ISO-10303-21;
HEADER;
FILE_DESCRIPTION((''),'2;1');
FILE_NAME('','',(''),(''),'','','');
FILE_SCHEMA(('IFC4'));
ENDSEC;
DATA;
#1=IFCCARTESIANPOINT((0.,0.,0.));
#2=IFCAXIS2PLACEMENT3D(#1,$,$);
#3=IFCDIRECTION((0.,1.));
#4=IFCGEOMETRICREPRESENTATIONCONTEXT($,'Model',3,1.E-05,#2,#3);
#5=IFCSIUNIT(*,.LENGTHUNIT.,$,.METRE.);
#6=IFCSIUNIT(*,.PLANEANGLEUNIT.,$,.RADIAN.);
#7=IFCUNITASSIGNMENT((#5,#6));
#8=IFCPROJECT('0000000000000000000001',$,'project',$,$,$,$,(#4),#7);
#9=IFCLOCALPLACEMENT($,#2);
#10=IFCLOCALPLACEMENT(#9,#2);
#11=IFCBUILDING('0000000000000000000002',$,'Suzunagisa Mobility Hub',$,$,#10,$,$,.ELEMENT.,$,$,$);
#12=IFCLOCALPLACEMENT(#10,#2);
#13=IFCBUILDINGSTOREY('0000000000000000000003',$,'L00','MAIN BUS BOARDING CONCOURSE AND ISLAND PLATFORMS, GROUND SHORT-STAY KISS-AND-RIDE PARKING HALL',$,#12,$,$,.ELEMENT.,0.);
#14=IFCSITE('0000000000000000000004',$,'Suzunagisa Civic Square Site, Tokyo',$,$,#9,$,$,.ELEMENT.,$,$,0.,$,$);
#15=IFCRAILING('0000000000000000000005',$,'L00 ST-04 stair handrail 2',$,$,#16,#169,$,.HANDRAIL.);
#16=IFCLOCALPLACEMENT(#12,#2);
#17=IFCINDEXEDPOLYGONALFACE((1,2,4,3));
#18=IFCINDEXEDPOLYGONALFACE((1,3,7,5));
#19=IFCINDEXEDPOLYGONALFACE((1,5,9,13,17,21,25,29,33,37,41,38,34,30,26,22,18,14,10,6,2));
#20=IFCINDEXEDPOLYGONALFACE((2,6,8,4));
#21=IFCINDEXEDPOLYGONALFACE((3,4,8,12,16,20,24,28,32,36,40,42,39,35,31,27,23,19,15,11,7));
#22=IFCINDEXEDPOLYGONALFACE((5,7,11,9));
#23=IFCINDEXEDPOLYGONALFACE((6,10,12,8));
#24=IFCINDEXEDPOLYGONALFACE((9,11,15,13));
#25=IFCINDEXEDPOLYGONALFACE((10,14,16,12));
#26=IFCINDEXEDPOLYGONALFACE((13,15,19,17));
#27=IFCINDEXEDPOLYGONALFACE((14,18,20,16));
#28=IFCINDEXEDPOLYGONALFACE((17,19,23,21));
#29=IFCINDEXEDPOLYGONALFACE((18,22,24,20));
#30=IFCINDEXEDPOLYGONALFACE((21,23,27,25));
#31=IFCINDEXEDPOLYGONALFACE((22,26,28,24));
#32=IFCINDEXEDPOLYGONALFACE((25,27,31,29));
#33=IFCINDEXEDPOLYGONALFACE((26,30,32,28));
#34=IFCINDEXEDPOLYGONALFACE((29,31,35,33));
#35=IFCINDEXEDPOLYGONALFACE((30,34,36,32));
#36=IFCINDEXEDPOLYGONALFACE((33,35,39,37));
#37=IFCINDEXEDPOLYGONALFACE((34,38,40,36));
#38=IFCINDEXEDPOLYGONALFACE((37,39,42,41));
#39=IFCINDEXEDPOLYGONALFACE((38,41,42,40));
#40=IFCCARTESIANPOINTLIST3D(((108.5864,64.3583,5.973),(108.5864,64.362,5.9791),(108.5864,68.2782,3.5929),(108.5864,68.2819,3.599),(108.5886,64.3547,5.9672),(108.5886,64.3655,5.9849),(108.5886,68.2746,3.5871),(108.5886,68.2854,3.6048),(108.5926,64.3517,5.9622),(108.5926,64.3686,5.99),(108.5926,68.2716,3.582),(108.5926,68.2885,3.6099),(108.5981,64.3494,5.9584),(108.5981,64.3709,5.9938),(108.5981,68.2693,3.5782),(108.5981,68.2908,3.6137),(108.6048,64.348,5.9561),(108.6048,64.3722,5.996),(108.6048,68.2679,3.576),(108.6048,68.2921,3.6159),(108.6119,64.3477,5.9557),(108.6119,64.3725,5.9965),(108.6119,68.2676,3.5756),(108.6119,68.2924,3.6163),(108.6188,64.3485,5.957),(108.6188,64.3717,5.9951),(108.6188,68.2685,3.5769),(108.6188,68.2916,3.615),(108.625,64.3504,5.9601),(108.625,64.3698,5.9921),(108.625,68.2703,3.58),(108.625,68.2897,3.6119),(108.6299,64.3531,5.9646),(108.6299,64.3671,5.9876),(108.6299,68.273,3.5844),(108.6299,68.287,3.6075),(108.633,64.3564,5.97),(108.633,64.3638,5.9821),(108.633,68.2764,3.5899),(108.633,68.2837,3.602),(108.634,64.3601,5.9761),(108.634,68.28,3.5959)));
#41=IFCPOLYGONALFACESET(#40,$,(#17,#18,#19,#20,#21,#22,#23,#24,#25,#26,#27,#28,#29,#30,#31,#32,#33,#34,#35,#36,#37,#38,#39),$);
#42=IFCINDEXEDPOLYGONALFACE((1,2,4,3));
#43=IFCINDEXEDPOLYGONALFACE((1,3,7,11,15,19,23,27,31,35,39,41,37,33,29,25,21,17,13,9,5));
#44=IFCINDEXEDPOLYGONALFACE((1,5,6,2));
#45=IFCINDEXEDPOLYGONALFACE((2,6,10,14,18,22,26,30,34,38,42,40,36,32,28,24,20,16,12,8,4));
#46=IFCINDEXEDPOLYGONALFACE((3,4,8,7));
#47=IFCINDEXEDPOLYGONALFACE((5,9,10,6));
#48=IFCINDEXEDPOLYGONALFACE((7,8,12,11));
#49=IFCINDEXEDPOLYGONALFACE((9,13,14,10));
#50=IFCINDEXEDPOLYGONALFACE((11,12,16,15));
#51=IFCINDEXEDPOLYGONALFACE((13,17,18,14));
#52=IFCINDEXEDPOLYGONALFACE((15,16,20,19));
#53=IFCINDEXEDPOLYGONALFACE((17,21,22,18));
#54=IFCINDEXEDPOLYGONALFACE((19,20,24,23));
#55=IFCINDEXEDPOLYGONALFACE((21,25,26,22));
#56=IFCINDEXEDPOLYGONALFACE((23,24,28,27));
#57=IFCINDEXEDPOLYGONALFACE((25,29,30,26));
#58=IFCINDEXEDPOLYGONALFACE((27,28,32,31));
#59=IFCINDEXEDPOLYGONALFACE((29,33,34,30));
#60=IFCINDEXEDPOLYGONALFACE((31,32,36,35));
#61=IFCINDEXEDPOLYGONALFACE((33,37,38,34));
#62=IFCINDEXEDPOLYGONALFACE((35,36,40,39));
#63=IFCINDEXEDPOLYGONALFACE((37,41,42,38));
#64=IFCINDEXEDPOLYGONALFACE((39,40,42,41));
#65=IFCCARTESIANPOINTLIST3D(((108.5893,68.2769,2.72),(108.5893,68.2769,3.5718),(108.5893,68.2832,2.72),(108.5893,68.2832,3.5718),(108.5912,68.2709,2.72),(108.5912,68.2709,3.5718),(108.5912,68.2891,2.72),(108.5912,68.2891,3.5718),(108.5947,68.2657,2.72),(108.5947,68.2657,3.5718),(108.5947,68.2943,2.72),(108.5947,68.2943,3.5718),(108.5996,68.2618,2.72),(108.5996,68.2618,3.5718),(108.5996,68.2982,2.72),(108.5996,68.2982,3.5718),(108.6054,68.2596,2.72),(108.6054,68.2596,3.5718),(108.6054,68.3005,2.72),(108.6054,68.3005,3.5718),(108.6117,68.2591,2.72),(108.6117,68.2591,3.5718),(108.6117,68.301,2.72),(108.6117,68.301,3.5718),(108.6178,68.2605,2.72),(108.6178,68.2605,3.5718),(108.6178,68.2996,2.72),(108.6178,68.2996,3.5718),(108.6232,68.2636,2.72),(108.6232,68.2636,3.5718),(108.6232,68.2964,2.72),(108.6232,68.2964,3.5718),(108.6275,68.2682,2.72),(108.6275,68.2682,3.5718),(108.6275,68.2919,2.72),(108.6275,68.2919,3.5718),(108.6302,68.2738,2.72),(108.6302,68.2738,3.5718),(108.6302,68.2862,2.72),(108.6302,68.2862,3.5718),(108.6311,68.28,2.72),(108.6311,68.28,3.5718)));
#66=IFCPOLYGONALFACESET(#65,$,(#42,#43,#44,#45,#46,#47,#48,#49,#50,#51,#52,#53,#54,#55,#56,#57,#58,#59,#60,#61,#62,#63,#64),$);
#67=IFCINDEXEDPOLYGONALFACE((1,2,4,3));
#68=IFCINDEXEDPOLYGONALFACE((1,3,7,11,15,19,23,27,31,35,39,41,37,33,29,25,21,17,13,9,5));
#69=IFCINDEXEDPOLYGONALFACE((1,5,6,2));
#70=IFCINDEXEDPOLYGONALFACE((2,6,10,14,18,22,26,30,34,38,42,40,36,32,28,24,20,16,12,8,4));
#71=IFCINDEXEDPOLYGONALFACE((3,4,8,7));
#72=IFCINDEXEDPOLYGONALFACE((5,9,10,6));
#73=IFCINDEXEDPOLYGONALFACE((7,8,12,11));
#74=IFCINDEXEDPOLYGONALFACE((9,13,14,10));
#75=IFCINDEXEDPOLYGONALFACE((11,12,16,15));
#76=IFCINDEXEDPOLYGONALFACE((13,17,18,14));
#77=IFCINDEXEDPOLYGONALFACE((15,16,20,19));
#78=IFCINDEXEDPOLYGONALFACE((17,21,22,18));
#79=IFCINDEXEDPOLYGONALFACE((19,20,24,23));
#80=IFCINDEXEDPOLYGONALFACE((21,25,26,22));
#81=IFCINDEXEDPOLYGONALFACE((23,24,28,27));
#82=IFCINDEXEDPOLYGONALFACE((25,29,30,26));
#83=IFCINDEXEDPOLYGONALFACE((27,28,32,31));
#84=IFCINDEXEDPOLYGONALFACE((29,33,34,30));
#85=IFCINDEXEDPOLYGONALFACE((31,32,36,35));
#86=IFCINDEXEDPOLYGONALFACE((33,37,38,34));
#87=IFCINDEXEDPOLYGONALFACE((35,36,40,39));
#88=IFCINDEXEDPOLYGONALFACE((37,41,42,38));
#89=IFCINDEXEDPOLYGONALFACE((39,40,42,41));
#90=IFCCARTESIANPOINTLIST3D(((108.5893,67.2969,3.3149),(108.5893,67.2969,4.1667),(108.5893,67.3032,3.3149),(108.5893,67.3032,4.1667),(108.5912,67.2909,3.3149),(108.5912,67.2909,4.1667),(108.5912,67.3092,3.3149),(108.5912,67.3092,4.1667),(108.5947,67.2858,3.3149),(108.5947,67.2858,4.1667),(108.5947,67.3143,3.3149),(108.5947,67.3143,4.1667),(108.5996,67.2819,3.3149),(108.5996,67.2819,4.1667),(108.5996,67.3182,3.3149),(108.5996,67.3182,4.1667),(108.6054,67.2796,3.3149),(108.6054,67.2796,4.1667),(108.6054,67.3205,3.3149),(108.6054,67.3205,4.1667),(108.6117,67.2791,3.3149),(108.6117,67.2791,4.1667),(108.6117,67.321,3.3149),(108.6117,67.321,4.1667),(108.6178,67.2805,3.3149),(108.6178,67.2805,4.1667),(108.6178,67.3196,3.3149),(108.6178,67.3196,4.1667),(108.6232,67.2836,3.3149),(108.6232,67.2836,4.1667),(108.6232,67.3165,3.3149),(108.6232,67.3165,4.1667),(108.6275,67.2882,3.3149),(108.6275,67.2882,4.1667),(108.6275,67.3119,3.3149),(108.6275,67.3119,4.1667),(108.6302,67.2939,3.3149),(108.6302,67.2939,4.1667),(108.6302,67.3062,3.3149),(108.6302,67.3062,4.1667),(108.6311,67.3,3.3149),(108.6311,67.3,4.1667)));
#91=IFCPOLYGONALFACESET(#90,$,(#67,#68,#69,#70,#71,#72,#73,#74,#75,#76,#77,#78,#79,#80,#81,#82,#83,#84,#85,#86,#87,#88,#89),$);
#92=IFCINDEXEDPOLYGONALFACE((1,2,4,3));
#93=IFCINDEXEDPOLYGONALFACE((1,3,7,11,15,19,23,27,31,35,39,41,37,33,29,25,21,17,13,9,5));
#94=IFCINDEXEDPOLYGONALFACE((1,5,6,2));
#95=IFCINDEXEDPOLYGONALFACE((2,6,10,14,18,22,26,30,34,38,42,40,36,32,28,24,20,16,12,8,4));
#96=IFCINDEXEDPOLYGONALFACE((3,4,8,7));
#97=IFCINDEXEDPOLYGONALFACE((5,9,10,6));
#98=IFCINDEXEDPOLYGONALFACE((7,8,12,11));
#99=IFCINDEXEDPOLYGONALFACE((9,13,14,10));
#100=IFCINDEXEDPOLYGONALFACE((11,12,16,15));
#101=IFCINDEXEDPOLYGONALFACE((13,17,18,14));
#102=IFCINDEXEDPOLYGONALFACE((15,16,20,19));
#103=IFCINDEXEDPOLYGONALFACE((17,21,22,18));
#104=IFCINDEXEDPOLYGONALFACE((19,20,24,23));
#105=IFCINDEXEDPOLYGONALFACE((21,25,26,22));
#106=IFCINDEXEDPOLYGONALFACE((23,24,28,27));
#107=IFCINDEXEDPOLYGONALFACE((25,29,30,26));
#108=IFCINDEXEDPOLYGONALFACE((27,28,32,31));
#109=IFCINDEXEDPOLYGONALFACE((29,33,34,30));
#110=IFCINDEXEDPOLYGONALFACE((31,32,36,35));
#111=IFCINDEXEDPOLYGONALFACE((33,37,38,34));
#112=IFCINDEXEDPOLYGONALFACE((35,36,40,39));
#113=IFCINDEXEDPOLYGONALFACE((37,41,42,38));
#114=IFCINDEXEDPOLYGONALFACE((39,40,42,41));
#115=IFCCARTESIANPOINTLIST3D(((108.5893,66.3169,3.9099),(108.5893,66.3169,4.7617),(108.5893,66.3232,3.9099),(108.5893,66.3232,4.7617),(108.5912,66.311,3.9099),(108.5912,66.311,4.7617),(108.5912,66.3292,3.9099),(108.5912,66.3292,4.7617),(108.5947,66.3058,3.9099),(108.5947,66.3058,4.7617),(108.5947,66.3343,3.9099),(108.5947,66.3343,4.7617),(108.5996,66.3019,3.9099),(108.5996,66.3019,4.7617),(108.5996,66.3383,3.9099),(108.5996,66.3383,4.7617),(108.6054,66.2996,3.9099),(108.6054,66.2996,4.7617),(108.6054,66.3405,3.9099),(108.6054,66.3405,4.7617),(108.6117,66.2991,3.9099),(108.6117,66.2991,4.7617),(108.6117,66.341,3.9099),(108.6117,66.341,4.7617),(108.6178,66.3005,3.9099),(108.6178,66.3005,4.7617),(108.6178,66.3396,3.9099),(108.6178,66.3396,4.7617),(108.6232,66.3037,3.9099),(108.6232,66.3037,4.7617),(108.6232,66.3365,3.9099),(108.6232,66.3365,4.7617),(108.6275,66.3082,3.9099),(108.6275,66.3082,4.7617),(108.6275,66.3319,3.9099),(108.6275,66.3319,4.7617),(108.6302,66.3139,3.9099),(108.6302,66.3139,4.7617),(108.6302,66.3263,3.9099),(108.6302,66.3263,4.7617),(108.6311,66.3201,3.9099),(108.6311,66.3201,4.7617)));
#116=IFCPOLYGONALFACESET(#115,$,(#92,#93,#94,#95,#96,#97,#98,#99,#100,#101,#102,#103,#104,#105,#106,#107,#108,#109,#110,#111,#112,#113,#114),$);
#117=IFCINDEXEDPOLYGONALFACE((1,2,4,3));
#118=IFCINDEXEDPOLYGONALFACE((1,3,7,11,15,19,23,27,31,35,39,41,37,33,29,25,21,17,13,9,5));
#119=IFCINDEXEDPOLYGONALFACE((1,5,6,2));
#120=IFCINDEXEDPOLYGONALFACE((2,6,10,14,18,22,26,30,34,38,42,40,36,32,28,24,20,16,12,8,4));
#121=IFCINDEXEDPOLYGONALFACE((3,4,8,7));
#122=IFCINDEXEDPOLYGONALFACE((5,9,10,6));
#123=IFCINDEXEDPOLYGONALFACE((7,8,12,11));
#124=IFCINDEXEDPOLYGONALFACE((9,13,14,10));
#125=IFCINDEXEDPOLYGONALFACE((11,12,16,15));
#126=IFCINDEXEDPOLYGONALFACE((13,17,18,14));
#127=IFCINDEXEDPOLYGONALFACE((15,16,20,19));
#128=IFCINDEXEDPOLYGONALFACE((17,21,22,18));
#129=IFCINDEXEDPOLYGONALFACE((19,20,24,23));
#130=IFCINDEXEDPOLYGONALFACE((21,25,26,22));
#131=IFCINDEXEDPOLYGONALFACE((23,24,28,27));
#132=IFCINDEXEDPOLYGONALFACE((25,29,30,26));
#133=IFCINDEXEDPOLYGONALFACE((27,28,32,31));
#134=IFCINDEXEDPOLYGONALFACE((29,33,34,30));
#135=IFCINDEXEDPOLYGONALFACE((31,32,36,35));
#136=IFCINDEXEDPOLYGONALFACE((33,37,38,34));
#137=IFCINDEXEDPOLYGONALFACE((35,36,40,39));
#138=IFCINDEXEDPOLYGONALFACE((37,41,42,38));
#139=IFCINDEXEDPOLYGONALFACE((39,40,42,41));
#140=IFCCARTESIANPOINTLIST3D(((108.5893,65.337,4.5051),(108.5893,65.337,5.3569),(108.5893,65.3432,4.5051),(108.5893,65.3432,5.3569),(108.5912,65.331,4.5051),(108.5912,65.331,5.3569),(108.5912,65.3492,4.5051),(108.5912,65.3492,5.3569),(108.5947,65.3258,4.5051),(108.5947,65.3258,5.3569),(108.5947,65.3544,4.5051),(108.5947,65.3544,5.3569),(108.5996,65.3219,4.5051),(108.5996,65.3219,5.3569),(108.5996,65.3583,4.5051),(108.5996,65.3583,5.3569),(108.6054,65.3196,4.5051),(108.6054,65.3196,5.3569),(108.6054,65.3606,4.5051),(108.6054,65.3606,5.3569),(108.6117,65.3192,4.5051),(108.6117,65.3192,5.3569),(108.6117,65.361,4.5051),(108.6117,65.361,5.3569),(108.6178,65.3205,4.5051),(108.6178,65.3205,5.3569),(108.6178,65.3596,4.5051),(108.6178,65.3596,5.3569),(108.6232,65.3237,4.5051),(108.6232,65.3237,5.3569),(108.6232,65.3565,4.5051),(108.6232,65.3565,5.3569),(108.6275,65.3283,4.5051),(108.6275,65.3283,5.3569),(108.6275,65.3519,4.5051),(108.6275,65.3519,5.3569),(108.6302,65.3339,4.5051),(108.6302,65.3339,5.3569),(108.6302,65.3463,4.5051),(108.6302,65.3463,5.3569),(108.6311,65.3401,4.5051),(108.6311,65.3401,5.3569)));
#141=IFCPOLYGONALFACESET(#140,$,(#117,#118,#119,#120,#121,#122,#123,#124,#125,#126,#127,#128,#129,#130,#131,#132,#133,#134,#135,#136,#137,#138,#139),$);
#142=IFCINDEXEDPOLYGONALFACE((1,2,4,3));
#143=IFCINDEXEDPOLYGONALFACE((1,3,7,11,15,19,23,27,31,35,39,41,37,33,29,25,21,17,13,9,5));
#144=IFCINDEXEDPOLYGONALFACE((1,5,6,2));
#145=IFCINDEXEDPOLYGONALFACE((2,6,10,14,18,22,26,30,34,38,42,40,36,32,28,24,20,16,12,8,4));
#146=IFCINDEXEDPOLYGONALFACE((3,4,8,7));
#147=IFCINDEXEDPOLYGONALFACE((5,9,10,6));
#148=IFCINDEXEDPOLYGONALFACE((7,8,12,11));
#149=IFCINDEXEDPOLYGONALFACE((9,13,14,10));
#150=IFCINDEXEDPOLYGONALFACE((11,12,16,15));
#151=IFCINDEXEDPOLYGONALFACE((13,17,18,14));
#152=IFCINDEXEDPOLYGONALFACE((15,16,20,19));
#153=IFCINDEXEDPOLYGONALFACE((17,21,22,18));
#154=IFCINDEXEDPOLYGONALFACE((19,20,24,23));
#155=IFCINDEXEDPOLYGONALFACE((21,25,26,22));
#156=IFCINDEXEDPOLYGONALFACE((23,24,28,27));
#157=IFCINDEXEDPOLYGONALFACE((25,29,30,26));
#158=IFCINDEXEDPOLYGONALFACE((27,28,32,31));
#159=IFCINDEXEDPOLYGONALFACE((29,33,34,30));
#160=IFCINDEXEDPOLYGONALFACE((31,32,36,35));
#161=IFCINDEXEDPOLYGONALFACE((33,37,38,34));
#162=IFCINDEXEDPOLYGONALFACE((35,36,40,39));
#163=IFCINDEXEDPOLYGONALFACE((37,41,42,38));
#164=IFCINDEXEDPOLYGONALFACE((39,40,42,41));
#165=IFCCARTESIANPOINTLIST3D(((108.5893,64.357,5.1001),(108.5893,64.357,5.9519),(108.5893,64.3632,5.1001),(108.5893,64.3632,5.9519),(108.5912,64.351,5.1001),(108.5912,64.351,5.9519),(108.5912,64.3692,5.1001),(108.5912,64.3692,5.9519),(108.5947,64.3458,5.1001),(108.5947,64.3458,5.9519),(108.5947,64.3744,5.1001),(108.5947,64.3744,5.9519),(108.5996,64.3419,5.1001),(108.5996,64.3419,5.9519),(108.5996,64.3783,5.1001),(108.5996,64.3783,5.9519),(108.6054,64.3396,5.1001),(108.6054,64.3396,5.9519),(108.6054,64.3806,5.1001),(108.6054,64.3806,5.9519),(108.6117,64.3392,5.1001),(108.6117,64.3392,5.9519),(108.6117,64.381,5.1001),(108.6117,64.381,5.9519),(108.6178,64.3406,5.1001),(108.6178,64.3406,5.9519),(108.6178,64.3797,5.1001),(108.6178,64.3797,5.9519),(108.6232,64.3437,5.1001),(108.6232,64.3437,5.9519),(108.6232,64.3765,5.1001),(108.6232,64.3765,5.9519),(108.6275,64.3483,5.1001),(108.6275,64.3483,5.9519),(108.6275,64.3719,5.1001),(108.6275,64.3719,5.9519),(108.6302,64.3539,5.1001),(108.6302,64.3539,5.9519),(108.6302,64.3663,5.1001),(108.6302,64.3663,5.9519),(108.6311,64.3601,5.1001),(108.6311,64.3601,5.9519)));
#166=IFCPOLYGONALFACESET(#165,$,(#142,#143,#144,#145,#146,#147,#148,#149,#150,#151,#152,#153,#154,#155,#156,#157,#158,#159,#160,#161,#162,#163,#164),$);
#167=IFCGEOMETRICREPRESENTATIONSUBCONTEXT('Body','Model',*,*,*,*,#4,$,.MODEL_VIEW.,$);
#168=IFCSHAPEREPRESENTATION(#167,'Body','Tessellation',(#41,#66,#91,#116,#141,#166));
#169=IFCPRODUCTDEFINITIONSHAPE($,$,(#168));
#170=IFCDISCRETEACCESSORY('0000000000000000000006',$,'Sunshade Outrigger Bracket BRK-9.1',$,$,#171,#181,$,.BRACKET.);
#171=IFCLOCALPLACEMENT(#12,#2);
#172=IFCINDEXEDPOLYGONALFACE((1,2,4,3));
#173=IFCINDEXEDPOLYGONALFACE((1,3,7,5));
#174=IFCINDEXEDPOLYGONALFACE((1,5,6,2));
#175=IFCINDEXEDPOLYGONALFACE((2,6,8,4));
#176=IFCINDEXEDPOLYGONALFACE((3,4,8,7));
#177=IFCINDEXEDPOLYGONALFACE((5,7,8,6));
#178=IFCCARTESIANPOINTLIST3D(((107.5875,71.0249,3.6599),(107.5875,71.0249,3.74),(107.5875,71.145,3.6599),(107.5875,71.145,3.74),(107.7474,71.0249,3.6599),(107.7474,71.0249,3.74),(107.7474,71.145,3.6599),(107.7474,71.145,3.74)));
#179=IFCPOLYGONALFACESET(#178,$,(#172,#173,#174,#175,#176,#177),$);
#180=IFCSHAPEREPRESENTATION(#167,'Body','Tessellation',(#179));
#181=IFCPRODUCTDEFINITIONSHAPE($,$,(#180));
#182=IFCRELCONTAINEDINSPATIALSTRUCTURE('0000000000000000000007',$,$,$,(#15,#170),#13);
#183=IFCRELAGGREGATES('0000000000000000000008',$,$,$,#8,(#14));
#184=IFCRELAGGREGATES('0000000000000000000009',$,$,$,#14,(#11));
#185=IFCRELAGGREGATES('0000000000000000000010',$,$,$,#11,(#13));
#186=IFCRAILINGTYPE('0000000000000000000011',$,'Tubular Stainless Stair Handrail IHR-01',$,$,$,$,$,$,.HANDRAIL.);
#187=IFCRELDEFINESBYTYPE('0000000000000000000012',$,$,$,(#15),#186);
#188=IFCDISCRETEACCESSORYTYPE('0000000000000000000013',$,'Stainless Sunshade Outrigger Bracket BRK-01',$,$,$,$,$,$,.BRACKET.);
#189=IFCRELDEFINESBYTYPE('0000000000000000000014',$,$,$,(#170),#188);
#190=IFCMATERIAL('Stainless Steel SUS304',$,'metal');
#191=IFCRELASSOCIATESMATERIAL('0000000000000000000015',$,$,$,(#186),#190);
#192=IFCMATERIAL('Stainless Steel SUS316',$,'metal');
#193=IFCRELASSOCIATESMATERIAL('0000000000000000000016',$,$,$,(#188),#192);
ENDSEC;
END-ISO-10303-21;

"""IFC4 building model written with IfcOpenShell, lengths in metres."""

from ifc_helpers import new_model, si_unit, direction, frame, origin, origin_2d, place, context, subcontext, project, spatial, rectangle, circle, extrude, material, type_object, element, save


model = new_model("IFC4")

# Units and contexts
model_context = context("Model", 3, precision=1e-05, world=origin(), true_north=direction((0.0, 1.0)))
body_context = subcontext(model_context, "Body", "Model", "MODEL_VIEW")
ifc_project = project(units=[si_unit("LENGTHUNIT", "METRE"), si_unit("PLANEANGLEUNIT", "RADIAN")], contexts=[model_context])

# Site, building, storey
site_placement = place(None, origin())
site = spatial("IfcSite", under=ifc_project, at=site_placement, Name="Suzunagisa Civic Square Site, Tokyo", CompositionType="ELEMENT", RefElevation=0.0)
building_placement = place(site_placement, origin())
building = spatial("IfcBuilding", under=site, at=building_placement, Name="Suzunagisa Mobility Hub", CompositionType="ELEMENT")
storey_placement = place(building_placement, origin())
storey = spatial("IfcBuildingStorey", under=building, at=storey_placement, Name="L00", Description="MAIN BUS BOARDING CONCOURSE AND ISLAND PLATFORMS, GROUND SHORT-STAY KISS-AND-RIDE PARKING HALL", CompositionType="ELEMENT", Elevation=0.0)

# Shared definitions
ifc_material_1 = material(Name="Stainless Steel SUS304", Category="metal")

# Railing
railing_type_1 = type_object("IfcRailingType", Name="Tubular Stainless Stair Handrail IHR-01", PredefinedType="HANDRAIL", material=ifc_material_1)
railing_1_placement = place(storey_placement, frame((108.6101, 68.28, 2.72)))
element("IfcRailing", 1, at=railing_1_placement, inside=storey, type_object=railing_type_1, Name="L00 ST-04 stair handrail 2", PredefinedType="HANDRAIL", context=body_context, shape_type="SweptSolid", body=[
    extrude(circle(Radius=0.0239, at=origin_2d()), frame((0.0, 0.0, 0.876), z_axis=(0.0, -0.854771, 0.519006), x_axis=(1.0, 0.0, 0.0)), (0.0, 0.0, 1.0), 4.5859),
    extrude(circle(Radius=0.021, at=origin_2d()), origin(), (0.0, 0.0, 1.0), 0.8518),
    extrude(circle(Radius=0.021, at=origin_2d()), frame((0.0, -0.98, 0.595)), (0.0, 0.0, 1.0), 0.8518),
    extrude(circle(Radius=0.021, at=origin_2d()), frame((0.0, -1.96, 1.1899)), (0.0, 0.0, 1.0), 0.8518),
    extrude(circle(Radius=0.021, at=origin_2d()), frame((0.0, -2.9399, 1.7852)), (0.0, 0.0, 1.0), 0.8518),
    extrude(circle(Radius=0.021, at=origin_2d()), frame((0.0, -3.9199, 2.3801)), (0.0, 0.0, 1.0), 0.8518),
])

# Discrete accessory
ifc_material_2 = material(Name="Stainless Steel SUS316", Category="metal")
discrete_accessory_type = type_object("IfcDiscreteAccessoryType", Name="Stainless Sunshade Outrigger Bracket BRK-01", PredefinedType="BRACKET", material=ifc_material_2)
discrete_accessory_placement = place(storey_placement, frame((107.6675, 71.085, 3.6599), z_axis=(0.0, 0.0, 1.0), x_axis=(-1.0, 0.0, 0.0)))
element("IfcDiscreteAccessory", 2, at=discrete_accessory_placement, inside=storey, type_object=discrete_accessory_type, Name="Sunshade Outrigger Bracket BRK-9.1", PredefinedType="BRACKET", context=body_context, shape_type="SweptSolid", body=[
    extrude(rectangle(XDim=0.1599, YDim=0.1201, at=origin_2d()), origin(), (0.0, 0.0, 1.0), 0.0801),
])

save(model, "model.ifc")
